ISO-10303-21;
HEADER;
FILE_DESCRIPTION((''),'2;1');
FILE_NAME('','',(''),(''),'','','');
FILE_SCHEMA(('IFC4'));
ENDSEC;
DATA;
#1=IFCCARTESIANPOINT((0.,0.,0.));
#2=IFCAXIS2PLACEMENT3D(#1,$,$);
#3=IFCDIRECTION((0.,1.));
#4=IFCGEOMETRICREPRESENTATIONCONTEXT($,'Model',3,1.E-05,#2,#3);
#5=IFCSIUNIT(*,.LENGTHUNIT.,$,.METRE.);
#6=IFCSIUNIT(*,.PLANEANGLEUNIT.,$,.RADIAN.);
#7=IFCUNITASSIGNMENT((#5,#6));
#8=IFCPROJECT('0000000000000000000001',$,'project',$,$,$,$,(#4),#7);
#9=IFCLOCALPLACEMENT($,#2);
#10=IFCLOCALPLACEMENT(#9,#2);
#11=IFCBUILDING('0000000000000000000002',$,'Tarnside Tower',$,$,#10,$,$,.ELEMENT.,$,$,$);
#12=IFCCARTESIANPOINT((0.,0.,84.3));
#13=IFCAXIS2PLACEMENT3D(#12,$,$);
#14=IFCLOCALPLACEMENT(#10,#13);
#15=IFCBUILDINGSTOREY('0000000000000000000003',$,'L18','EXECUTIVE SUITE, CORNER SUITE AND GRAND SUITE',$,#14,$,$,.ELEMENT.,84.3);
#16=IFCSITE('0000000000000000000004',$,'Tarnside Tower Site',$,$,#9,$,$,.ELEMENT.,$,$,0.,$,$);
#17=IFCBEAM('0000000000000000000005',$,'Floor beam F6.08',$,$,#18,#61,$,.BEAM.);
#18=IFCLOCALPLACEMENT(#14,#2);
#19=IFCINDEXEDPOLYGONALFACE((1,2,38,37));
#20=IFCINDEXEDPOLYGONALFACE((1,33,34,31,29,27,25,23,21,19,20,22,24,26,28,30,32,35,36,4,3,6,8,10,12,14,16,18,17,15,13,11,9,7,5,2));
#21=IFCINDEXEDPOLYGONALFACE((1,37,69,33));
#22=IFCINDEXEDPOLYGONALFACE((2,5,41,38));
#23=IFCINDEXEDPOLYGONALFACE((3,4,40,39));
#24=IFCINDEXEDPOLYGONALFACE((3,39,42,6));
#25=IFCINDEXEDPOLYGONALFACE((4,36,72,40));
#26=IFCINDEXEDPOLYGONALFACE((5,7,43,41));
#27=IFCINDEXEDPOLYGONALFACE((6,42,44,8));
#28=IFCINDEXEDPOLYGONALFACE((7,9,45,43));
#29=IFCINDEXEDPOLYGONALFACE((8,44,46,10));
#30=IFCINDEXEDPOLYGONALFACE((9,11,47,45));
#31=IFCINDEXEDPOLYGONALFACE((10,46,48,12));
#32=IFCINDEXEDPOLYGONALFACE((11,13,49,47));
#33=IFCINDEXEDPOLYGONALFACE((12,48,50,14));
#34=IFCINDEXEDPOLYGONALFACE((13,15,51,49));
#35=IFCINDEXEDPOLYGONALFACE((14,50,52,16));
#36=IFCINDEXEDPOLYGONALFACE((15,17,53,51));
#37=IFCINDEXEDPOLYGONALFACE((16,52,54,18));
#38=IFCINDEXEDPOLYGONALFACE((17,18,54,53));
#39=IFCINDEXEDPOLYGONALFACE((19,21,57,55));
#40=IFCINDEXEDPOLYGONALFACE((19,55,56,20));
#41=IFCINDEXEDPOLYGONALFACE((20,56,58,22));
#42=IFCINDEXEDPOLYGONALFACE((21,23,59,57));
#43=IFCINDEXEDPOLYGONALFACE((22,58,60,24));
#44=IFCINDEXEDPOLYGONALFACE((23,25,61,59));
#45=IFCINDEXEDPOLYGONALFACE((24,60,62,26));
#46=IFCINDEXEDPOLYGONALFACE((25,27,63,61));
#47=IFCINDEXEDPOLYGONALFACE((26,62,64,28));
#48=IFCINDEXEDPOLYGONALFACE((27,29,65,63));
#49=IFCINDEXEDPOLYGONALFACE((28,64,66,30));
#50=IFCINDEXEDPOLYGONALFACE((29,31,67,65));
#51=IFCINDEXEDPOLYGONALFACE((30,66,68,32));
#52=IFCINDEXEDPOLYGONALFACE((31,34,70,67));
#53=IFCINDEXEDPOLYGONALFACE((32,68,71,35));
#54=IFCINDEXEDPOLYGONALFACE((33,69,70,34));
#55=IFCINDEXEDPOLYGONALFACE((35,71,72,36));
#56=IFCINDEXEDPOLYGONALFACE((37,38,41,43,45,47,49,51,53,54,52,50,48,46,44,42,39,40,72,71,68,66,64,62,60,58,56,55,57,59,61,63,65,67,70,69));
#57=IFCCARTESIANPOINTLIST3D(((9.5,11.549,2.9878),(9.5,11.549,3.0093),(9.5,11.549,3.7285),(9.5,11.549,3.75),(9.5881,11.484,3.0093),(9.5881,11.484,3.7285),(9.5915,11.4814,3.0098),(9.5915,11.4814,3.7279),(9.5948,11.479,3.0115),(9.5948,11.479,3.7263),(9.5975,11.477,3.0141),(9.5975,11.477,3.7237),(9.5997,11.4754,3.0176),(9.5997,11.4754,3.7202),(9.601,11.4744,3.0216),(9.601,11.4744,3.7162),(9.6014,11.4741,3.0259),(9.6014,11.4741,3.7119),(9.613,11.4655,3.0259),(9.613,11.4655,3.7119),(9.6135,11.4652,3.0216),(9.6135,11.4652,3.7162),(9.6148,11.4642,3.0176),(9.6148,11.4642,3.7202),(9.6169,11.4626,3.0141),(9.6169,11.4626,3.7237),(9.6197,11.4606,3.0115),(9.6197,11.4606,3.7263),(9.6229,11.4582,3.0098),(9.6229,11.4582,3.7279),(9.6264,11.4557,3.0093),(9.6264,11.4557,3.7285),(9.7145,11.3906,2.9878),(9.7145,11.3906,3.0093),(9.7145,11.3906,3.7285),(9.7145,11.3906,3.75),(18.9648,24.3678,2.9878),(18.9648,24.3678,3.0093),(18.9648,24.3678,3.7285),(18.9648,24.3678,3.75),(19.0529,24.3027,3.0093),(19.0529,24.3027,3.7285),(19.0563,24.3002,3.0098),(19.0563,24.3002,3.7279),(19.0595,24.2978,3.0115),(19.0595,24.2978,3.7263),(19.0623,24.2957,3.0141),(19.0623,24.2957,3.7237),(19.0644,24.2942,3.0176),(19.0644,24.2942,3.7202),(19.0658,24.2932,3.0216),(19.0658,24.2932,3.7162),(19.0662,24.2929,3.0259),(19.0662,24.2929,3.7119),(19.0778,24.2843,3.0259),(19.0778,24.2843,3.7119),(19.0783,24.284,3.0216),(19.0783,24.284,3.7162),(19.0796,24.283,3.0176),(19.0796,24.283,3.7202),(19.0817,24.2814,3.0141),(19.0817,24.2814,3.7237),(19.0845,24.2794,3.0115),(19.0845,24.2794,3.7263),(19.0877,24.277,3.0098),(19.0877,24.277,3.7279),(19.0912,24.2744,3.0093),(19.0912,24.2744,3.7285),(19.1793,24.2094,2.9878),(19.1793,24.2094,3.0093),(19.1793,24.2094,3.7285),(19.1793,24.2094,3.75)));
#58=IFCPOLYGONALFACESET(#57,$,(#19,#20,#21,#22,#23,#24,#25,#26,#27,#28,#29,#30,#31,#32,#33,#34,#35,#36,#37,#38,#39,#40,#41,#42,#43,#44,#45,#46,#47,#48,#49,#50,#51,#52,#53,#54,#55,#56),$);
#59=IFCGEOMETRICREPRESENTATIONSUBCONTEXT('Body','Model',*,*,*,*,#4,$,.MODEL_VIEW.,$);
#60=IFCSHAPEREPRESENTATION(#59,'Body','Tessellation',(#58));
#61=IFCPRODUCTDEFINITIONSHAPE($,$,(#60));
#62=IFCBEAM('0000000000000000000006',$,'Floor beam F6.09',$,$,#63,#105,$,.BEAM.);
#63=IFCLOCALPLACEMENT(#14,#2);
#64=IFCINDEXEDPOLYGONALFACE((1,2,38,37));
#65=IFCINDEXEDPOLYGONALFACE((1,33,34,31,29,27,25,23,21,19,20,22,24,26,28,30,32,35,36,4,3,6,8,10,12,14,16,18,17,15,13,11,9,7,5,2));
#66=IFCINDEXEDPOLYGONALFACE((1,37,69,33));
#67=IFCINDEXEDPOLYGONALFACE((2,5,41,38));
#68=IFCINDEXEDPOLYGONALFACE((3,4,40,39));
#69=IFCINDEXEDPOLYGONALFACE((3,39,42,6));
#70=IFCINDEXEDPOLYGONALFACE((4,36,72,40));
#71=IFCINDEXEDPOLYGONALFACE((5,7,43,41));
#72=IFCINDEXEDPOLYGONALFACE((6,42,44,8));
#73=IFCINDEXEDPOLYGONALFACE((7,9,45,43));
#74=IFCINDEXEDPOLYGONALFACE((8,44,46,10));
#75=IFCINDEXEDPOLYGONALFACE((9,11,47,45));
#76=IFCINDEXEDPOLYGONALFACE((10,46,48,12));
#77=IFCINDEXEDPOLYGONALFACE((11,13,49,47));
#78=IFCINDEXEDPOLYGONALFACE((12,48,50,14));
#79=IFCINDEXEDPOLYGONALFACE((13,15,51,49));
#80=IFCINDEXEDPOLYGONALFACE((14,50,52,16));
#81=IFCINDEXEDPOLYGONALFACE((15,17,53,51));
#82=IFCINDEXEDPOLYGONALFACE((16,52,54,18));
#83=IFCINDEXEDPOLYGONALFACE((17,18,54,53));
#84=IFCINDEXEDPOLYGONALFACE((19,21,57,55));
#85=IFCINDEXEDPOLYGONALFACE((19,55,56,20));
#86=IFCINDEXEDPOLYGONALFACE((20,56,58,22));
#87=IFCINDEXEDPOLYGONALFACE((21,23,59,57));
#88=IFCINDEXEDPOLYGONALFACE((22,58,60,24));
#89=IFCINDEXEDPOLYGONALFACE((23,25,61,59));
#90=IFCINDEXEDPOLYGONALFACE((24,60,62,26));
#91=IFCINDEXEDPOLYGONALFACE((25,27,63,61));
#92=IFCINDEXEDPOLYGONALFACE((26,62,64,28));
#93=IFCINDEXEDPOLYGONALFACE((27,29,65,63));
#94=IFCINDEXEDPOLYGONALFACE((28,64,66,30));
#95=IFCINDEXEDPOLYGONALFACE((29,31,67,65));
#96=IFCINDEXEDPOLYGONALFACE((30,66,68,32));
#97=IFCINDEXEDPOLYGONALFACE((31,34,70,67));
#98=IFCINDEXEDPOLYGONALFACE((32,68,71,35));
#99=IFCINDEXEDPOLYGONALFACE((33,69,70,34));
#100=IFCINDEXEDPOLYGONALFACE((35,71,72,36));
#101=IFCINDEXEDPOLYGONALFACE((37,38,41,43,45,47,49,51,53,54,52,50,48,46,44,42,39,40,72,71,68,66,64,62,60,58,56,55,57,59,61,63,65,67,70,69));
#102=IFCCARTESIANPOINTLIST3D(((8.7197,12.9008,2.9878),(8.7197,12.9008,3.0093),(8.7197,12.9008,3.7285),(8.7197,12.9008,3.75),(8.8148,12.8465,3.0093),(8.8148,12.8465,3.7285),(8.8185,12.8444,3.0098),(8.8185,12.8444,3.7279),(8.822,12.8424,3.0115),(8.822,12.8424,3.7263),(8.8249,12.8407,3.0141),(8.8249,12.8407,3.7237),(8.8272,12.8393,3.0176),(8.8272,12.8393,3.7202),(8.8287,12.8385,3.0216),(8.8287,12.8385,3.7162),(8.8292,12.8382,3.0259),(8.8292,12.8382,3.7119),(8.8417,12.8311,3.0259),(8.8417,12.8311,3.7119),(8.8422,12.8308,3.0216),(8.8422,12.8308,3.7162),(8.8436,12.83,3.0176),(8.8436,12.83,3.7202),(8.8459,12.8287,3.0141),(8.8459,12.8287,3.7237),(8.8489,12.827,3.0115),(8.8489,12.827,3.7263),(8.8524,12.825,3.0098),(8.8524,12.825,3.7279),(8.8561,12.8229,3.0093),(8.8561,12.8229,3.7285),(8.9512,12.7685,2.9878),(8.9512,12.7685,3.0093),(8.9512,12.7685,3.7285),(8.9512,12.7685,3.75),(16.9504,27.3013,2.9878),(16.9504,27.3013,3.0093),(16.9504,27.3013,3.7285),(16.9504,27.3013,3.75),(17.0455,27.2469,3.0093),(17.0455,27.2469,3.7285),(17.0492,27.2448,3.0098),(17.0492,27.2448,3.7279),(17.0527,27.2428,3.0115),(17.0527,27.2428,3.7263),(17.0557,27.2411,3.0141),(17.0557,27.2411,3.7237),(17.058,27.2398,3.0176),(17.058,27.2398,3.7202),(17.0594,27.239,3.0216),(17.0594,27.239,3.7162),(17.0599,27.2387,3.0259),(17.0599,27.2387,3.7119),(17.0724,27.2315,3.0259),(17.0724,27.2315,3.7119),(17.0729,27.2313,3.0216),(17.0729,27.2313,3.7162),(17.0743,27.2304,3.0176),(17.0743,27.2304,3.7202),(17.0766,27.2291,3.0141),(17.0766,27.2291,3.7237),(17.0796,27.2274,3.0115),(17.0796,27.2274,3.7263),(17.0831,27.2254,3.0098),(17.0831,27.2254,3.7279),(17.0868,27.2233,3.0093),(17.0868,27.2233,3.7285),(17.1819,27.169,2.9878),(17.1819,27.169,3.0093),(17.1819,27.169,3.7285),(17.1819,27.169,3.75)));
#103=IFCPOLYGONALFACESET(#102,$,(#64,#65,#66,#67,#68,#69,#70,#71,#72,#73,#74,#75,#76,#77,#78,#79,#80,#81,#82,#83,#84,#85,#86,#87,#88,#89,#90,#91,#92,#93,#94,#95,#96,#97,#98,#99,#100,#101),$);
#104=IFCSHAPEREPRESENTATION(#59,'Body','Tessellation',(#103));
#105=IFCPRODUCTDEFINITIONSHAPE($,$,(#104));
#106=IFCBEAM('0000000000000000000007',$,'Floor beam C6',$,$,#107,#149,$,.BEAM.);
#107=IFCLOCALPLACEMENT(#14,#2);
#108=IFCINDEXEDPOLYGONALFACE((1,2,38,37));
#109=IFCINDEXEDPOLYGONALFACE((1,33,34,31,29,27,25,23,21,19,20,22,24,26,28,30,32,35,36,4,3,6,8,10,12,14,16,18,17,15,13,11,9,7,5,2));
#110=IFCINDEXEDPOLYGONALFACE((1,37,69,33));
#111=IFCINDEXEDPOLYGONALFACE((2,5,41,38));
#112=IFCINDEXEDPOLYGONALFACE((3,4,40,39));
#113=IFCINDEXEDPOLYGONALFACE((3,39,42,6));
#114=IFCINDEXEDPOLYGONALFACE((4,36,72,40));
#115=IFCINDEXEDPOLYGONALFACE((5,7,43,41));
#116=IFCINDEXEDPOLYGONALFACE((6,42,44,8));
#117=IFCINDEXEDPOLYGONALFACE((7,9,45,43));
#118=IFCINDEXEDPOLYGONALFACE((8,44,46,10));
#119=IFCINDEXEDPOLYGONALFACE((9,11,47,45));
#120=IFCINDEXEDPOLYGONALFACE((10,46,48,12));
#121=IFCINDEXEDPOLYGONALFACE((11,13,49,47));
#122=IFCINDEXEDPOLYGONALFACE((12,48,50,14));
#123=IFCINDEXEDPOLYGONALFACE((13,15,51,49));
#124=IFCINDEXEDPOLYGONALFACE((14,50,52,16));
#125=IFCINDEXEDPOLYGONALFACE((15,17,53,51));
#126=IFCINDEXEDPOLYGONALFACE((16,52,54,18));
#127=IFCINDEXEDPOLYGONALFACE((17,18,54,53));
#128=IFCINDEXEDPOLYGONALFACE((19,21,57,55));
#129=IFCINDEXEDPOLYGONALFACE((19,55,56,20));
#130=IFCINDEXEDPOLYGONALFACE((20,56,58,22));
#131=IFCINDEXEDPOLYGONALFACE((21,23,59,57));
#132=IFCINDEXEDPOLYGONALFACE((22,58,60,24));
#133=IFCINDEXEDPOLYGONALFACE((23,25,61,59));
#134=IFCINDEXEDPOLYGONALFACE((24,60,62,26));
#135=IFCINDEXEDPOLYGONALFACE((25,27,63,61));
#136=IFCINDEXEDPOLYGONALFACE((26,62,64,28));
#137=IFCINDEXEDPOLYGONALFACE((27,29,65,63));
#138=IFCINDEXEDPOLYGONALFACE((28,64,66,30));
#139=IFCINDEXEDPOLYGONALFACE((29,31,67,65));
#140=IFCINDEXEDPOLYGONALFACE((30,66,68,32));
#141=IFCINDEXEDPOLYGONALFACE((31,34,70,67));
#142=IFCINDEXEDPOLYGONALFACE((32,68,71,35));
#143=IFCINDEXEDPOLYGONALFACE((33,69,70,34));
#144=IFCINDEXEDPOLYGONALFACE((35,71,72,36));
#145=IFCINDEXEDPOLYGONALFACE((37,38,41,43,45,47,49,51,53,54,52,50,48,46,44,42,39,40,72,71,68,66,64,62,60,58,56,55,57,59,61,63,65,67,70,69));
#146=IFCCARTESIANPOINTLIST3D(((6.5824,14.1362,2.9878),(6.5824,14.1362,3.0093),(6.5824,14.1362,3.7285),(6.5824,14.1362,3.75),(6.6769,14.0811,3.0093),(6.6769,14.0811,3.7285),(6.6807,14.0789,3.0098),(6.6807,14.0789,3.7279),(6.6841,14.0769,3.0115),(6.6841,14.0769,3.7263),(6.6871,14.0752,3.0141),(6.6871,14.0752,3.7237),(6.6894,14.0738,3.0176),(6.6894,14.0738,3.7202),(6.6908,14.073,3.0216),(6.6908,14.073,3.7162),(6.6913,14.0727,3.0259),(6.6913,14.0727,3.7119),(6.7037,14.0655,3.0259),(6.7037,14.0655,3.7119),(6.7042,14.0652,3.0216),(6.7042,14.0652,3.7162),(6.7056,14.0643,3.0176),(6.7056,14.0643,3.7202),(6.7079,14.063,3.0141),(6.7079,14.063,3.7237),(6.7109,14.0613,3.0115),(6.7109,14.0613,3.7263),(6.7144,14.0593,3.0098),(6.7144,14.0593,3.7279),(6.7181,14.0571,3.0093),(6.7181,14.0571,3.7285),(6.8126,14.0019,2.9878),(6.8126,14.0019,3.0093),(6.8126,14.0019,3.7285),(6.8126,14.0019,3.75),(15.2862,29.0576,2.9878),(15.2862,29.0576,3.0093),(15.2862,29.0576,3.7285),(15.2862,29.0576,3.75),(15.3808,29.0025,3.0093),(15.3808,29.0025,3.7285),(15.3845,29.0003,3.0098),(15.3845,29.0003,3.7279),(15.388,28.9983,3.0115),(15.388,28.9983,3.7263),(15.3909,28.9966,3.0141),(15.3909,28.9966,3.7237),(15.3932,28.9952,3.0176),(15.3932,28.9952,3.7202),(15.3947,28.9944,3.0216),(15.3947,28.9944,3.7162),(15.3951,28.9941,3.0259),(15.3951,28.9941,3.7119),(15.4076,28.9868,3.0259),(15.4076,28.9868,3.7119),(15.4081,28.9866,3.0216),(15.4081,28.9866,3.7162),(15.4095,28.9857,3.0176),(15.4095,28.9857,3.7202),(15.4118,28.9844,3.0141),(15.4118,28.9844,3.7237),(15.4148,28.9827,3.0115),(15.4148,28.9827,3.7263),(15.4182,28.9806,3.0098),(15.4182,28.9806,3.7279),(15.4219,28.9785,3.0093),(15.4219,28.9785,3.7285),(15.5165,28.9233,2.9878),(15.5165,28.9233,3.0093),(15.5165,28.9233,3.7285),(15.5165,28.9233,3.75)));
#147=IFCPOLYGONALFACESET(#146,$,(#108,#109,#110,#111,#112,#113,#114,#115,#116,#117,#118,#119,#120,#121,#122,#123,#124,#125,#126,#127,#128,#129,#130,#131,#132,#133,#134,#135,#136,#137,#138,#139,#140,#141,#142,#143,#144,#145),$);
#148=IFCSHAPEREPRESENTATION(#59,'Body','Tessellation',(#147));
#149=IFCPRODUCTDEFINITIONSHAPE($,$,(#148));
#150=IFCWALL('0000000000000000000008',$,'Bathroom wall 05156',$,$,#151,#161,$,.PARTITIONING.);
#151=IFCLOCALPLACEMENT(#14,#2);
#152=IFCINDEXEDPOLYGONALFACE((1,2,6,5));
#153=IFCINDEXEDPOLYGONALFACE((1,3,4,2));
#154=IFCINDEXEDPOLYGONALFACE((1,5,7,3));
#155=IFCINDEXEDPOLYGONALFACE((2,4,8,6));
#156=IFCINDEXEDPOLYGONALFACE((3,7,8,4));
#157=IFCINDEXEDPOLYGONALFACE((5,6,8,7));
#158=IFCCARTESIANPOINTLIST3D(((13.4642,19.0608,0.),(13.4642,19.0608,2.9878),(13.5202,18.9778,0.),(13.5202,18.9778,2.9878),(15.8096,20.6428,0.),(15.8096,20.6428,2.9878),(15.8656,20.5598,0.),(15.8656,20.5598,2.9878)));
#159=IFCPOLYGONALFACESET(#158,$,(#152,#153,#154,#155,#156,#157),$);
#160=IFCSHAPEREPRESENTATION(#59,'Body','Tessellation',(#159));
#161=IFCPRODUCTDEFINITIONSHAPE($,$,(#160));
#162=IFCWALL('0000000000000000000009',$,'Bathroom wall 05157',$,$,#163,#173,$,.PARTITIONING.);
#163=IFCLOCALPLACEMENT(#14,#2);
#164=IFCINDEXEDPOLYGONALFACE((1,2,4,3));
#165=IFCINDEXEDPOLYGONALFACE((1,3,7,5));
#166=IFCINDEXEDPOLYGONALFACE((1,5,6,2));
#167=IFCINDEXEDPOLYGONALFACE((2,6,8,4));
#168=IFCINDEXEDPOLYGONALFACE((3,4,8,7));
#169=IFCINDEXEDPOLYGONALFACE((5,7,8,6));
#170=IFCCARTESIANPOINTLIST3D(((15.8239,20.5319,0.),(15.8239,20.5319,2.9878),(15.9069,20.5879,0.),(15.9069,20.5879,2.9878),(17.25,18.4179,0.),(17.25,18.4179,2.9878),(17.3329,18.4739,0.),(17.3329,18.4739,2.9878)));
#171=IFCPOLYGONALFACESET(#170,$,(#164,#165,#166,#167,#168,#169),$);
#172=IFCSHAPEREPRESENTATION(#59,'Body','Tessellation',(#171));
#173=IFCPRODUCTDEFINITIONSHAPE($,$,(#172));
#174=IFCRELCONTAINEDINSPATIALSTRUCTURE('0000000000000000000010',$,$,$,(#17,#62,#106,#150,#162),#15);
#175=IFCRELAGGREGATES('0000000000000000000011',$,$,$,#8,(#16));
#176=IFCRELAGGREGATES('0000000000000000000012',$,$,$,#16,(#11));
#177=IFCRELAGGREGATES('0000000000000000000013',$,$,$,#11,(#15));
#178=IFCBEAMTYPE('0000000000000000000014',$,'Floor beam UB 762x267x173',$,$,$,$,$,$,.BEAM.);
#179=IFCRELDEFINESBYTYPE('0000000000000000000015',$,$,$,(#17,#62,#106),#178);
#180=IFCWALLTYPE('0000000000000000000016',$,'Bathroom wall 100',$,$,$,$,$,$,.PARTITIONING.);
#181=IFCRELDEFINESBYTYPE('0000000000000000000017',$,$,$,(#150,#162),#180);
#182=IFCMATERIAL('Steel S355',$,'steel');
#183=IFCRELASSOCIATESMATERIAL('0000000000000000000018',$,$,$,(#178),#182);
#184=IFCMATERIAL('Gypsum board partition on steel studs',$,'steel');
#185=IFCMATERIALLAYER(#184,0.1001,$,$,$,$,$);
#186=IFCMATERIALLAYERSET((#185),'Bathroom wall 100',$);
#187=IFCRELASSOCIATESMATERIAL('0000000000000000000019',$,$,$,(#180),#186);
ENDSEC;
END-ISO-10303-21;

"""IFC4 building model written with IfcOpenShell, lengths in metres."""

from ifc_helpers import new_model, si_unit, direction, frame, frame_2d, origin, origin_2d, place, context, subcontext, project, spatial, rectangle, i_section, extrude, material, layer, layer_set, material_profile, profile_set, type_object, element, save


model = new_model("IFC4")

# Units and contexts
model_context = context("Model", 3, precision=1e-05, world=origin(), true_north=direction((0.0, 1.0)))
body_context = subcontext(model_context, "Body", "Model", "MODEL_VIEW")
ifc_project = project(units=[si_unit("LENGTHUNIT", "METRE"), si_unit("PLANEANGLEUNIT", "RADIAN")], contexts=[model_context])

# Site, building, storey
site_placement = place(None, origin())
site = spatial("IfcSite", under=ifc_project, at=site_placement, Name="Tarnside Tower Site", CompositionType="ELEMENT", RefElevation=0.0)
building_placement = place(site_placement, origin())
building = spatial("IfcBuilding", under=site, at=building_placement, Name="Tarnside Tower", CompositionType="ELEMENT")
storey_placement = place(building_placement, frame((0.0, 0.0, 84.3)))
storey = spatial("IfcBuildingStorey", under=building, at=storey_placement, Name="L18", Description="EXECUTIVE SUITE, CORNER SUITE AND GRAND SUITE", CompositionType="ELEMENT", Elevation=84.3)

# Beams
ifc_material_1 = material(Name="Steel S355", Category="steel")
ifc_material_profile_1 = material_profile(ifc_material_1, i_section(OverallWidth=0.2666, OverallDepth=0.7622, WebThickness=0.0144, FlangeThickness=0.0215, FilletRadius=0.0166, at=origin_2d()), Name="UB 762x267x173")
ifc_profile_set_1 = profile_set([ifc_material_profile_1], Name="Steel S355")
beam_type_1 = type_object("IfcBeamType", Name="Floor beam UB 762x267x173", PredefinedType="BEAM", material=ifc_profile_set_1)
beam_1_placement = place(storey_placement, frame((19.072, 24.2886, 3.3689), z_axis=(-0.593987, -0.804475, 0.0), x_axis=(0.804475, -0.593987, 0.0)))
element("IfcBeam", 1, at=beam_1_placement, inside=storey, type_object=beam_type_1, Name="Floor beam F6.08", PredefinedType="BEAM", context=body_context, shape_type="SweptSolid", body=[
    extrude(i_section(OverallWidth=0.2666, OverallDepth=0.7622, WebThickness=0.0144, FlangeThickness=0.0215, FilletRadius=0.0166, at=origin_2d()), origin(), (0.0, 0.0, 1.0), 15.9343),
])
beam_2_placement = place(storey_placement, frame((17.0662, 27.2351, 3.3689), z_axis=(-0.496226, -0.868193, 0.0), x_axis=(0.868193, -0.496226, 0.0)))
element("IfcBeam", 2, at=beam_2_placement, inside=storey, type_object=beam_type_1, Name="Floor beam F6.09", PredefinedType="BEAM", context=body_context, shape_type="SweptSolid", body=[
    extrude(i_section(OverallWidth=0.2666, OverallDepth=0.7622, WebThickness=0.0144, FlangeThickness=0.0215, FilletRadius=0.0166, at=origin_2d()), origin(), (0.0, 0.0, 1.0), 16.5867),
])
beam_3_placement = place(storey_placement, frame((15.4014, 28.9905, 3.3689), z_axis=(-0.503859, -0.863786, 0.0), x_axis=(0.863786, -0.503859, 0.0)))
element("IfcBeam", 3, at=beam_3_placement, inside=storey, type_object=beam_type_1, Name="Floor beam C6", PredefinedType="BEAM", context=body_context, shape_type="SweptSolid", body=[
    extrude(i_section(OverallWidth=0.2666, OverallDepth=0.7622, WebThickness=0.0144, FlangeThickness=0.0215, FilletRadius=0.0166, at=origin_2d()), origin(), (0.0, 0.0, 1.0), 17.2744),
])

# Walls
ifc_material_2 = material(Name="Gypsum board partition on steel studs", Category="steel")
ifc_layer_1 = layer(ifc_material_2, 0.1001)
ifc_layer_set_1 = layer_set([ifc_layer_1], Name="Bathroom wall 100")
wall_type_1 = type_object("IfcWallType", Name="Bathroom wall 100", PredefinedType="PARTITIONING", material=ifc_layer_set_1)
wall_1_placement = place(storey_placement, frame((13.4922, 19.0193, 0.0), z_axis=(0.0, 0.0, 1.0), x_axis=(0.829038, 0.559193, 0.0)))
element("IfcWall", 4, at=wall_1_placement, inside=storey, type_object=wall_type_1, Name="Bathroom wall 05156", PredefinedType="PARTITIONING", context=body_context, shape_type="SweptSolid", body=[
    extrude(rectangle(XDim=2.8291, YDim=0.1001, at=frame_2d((1.4146, 0.0))), origin(), (0.0, 0.0, 1.0), 2.9878),
])
wall_2_placement = place(storey_placement, frame((15.8655, 20.5598, 0.0), z_axis=(0.0, 0.0, 1.0), x_axis=(0.559221, -0.829018, 0.0)))
element("IfcWall", 5, at=wall_2_placement, inside=storey, type_object=wall_type_1, Name="Bathroom wall 05157", PredefinedType="PARTITIONING", context=body_context, shape_type="SweptSolid", body=[
    extrude(rectangle(XDim=2.55, YDim=0.1001, at=frame_2d((1.2749, 0.0))), origin(), (0.0, 0.0, 1.0), 2.9878),
])

save(model, "model.ifc")
